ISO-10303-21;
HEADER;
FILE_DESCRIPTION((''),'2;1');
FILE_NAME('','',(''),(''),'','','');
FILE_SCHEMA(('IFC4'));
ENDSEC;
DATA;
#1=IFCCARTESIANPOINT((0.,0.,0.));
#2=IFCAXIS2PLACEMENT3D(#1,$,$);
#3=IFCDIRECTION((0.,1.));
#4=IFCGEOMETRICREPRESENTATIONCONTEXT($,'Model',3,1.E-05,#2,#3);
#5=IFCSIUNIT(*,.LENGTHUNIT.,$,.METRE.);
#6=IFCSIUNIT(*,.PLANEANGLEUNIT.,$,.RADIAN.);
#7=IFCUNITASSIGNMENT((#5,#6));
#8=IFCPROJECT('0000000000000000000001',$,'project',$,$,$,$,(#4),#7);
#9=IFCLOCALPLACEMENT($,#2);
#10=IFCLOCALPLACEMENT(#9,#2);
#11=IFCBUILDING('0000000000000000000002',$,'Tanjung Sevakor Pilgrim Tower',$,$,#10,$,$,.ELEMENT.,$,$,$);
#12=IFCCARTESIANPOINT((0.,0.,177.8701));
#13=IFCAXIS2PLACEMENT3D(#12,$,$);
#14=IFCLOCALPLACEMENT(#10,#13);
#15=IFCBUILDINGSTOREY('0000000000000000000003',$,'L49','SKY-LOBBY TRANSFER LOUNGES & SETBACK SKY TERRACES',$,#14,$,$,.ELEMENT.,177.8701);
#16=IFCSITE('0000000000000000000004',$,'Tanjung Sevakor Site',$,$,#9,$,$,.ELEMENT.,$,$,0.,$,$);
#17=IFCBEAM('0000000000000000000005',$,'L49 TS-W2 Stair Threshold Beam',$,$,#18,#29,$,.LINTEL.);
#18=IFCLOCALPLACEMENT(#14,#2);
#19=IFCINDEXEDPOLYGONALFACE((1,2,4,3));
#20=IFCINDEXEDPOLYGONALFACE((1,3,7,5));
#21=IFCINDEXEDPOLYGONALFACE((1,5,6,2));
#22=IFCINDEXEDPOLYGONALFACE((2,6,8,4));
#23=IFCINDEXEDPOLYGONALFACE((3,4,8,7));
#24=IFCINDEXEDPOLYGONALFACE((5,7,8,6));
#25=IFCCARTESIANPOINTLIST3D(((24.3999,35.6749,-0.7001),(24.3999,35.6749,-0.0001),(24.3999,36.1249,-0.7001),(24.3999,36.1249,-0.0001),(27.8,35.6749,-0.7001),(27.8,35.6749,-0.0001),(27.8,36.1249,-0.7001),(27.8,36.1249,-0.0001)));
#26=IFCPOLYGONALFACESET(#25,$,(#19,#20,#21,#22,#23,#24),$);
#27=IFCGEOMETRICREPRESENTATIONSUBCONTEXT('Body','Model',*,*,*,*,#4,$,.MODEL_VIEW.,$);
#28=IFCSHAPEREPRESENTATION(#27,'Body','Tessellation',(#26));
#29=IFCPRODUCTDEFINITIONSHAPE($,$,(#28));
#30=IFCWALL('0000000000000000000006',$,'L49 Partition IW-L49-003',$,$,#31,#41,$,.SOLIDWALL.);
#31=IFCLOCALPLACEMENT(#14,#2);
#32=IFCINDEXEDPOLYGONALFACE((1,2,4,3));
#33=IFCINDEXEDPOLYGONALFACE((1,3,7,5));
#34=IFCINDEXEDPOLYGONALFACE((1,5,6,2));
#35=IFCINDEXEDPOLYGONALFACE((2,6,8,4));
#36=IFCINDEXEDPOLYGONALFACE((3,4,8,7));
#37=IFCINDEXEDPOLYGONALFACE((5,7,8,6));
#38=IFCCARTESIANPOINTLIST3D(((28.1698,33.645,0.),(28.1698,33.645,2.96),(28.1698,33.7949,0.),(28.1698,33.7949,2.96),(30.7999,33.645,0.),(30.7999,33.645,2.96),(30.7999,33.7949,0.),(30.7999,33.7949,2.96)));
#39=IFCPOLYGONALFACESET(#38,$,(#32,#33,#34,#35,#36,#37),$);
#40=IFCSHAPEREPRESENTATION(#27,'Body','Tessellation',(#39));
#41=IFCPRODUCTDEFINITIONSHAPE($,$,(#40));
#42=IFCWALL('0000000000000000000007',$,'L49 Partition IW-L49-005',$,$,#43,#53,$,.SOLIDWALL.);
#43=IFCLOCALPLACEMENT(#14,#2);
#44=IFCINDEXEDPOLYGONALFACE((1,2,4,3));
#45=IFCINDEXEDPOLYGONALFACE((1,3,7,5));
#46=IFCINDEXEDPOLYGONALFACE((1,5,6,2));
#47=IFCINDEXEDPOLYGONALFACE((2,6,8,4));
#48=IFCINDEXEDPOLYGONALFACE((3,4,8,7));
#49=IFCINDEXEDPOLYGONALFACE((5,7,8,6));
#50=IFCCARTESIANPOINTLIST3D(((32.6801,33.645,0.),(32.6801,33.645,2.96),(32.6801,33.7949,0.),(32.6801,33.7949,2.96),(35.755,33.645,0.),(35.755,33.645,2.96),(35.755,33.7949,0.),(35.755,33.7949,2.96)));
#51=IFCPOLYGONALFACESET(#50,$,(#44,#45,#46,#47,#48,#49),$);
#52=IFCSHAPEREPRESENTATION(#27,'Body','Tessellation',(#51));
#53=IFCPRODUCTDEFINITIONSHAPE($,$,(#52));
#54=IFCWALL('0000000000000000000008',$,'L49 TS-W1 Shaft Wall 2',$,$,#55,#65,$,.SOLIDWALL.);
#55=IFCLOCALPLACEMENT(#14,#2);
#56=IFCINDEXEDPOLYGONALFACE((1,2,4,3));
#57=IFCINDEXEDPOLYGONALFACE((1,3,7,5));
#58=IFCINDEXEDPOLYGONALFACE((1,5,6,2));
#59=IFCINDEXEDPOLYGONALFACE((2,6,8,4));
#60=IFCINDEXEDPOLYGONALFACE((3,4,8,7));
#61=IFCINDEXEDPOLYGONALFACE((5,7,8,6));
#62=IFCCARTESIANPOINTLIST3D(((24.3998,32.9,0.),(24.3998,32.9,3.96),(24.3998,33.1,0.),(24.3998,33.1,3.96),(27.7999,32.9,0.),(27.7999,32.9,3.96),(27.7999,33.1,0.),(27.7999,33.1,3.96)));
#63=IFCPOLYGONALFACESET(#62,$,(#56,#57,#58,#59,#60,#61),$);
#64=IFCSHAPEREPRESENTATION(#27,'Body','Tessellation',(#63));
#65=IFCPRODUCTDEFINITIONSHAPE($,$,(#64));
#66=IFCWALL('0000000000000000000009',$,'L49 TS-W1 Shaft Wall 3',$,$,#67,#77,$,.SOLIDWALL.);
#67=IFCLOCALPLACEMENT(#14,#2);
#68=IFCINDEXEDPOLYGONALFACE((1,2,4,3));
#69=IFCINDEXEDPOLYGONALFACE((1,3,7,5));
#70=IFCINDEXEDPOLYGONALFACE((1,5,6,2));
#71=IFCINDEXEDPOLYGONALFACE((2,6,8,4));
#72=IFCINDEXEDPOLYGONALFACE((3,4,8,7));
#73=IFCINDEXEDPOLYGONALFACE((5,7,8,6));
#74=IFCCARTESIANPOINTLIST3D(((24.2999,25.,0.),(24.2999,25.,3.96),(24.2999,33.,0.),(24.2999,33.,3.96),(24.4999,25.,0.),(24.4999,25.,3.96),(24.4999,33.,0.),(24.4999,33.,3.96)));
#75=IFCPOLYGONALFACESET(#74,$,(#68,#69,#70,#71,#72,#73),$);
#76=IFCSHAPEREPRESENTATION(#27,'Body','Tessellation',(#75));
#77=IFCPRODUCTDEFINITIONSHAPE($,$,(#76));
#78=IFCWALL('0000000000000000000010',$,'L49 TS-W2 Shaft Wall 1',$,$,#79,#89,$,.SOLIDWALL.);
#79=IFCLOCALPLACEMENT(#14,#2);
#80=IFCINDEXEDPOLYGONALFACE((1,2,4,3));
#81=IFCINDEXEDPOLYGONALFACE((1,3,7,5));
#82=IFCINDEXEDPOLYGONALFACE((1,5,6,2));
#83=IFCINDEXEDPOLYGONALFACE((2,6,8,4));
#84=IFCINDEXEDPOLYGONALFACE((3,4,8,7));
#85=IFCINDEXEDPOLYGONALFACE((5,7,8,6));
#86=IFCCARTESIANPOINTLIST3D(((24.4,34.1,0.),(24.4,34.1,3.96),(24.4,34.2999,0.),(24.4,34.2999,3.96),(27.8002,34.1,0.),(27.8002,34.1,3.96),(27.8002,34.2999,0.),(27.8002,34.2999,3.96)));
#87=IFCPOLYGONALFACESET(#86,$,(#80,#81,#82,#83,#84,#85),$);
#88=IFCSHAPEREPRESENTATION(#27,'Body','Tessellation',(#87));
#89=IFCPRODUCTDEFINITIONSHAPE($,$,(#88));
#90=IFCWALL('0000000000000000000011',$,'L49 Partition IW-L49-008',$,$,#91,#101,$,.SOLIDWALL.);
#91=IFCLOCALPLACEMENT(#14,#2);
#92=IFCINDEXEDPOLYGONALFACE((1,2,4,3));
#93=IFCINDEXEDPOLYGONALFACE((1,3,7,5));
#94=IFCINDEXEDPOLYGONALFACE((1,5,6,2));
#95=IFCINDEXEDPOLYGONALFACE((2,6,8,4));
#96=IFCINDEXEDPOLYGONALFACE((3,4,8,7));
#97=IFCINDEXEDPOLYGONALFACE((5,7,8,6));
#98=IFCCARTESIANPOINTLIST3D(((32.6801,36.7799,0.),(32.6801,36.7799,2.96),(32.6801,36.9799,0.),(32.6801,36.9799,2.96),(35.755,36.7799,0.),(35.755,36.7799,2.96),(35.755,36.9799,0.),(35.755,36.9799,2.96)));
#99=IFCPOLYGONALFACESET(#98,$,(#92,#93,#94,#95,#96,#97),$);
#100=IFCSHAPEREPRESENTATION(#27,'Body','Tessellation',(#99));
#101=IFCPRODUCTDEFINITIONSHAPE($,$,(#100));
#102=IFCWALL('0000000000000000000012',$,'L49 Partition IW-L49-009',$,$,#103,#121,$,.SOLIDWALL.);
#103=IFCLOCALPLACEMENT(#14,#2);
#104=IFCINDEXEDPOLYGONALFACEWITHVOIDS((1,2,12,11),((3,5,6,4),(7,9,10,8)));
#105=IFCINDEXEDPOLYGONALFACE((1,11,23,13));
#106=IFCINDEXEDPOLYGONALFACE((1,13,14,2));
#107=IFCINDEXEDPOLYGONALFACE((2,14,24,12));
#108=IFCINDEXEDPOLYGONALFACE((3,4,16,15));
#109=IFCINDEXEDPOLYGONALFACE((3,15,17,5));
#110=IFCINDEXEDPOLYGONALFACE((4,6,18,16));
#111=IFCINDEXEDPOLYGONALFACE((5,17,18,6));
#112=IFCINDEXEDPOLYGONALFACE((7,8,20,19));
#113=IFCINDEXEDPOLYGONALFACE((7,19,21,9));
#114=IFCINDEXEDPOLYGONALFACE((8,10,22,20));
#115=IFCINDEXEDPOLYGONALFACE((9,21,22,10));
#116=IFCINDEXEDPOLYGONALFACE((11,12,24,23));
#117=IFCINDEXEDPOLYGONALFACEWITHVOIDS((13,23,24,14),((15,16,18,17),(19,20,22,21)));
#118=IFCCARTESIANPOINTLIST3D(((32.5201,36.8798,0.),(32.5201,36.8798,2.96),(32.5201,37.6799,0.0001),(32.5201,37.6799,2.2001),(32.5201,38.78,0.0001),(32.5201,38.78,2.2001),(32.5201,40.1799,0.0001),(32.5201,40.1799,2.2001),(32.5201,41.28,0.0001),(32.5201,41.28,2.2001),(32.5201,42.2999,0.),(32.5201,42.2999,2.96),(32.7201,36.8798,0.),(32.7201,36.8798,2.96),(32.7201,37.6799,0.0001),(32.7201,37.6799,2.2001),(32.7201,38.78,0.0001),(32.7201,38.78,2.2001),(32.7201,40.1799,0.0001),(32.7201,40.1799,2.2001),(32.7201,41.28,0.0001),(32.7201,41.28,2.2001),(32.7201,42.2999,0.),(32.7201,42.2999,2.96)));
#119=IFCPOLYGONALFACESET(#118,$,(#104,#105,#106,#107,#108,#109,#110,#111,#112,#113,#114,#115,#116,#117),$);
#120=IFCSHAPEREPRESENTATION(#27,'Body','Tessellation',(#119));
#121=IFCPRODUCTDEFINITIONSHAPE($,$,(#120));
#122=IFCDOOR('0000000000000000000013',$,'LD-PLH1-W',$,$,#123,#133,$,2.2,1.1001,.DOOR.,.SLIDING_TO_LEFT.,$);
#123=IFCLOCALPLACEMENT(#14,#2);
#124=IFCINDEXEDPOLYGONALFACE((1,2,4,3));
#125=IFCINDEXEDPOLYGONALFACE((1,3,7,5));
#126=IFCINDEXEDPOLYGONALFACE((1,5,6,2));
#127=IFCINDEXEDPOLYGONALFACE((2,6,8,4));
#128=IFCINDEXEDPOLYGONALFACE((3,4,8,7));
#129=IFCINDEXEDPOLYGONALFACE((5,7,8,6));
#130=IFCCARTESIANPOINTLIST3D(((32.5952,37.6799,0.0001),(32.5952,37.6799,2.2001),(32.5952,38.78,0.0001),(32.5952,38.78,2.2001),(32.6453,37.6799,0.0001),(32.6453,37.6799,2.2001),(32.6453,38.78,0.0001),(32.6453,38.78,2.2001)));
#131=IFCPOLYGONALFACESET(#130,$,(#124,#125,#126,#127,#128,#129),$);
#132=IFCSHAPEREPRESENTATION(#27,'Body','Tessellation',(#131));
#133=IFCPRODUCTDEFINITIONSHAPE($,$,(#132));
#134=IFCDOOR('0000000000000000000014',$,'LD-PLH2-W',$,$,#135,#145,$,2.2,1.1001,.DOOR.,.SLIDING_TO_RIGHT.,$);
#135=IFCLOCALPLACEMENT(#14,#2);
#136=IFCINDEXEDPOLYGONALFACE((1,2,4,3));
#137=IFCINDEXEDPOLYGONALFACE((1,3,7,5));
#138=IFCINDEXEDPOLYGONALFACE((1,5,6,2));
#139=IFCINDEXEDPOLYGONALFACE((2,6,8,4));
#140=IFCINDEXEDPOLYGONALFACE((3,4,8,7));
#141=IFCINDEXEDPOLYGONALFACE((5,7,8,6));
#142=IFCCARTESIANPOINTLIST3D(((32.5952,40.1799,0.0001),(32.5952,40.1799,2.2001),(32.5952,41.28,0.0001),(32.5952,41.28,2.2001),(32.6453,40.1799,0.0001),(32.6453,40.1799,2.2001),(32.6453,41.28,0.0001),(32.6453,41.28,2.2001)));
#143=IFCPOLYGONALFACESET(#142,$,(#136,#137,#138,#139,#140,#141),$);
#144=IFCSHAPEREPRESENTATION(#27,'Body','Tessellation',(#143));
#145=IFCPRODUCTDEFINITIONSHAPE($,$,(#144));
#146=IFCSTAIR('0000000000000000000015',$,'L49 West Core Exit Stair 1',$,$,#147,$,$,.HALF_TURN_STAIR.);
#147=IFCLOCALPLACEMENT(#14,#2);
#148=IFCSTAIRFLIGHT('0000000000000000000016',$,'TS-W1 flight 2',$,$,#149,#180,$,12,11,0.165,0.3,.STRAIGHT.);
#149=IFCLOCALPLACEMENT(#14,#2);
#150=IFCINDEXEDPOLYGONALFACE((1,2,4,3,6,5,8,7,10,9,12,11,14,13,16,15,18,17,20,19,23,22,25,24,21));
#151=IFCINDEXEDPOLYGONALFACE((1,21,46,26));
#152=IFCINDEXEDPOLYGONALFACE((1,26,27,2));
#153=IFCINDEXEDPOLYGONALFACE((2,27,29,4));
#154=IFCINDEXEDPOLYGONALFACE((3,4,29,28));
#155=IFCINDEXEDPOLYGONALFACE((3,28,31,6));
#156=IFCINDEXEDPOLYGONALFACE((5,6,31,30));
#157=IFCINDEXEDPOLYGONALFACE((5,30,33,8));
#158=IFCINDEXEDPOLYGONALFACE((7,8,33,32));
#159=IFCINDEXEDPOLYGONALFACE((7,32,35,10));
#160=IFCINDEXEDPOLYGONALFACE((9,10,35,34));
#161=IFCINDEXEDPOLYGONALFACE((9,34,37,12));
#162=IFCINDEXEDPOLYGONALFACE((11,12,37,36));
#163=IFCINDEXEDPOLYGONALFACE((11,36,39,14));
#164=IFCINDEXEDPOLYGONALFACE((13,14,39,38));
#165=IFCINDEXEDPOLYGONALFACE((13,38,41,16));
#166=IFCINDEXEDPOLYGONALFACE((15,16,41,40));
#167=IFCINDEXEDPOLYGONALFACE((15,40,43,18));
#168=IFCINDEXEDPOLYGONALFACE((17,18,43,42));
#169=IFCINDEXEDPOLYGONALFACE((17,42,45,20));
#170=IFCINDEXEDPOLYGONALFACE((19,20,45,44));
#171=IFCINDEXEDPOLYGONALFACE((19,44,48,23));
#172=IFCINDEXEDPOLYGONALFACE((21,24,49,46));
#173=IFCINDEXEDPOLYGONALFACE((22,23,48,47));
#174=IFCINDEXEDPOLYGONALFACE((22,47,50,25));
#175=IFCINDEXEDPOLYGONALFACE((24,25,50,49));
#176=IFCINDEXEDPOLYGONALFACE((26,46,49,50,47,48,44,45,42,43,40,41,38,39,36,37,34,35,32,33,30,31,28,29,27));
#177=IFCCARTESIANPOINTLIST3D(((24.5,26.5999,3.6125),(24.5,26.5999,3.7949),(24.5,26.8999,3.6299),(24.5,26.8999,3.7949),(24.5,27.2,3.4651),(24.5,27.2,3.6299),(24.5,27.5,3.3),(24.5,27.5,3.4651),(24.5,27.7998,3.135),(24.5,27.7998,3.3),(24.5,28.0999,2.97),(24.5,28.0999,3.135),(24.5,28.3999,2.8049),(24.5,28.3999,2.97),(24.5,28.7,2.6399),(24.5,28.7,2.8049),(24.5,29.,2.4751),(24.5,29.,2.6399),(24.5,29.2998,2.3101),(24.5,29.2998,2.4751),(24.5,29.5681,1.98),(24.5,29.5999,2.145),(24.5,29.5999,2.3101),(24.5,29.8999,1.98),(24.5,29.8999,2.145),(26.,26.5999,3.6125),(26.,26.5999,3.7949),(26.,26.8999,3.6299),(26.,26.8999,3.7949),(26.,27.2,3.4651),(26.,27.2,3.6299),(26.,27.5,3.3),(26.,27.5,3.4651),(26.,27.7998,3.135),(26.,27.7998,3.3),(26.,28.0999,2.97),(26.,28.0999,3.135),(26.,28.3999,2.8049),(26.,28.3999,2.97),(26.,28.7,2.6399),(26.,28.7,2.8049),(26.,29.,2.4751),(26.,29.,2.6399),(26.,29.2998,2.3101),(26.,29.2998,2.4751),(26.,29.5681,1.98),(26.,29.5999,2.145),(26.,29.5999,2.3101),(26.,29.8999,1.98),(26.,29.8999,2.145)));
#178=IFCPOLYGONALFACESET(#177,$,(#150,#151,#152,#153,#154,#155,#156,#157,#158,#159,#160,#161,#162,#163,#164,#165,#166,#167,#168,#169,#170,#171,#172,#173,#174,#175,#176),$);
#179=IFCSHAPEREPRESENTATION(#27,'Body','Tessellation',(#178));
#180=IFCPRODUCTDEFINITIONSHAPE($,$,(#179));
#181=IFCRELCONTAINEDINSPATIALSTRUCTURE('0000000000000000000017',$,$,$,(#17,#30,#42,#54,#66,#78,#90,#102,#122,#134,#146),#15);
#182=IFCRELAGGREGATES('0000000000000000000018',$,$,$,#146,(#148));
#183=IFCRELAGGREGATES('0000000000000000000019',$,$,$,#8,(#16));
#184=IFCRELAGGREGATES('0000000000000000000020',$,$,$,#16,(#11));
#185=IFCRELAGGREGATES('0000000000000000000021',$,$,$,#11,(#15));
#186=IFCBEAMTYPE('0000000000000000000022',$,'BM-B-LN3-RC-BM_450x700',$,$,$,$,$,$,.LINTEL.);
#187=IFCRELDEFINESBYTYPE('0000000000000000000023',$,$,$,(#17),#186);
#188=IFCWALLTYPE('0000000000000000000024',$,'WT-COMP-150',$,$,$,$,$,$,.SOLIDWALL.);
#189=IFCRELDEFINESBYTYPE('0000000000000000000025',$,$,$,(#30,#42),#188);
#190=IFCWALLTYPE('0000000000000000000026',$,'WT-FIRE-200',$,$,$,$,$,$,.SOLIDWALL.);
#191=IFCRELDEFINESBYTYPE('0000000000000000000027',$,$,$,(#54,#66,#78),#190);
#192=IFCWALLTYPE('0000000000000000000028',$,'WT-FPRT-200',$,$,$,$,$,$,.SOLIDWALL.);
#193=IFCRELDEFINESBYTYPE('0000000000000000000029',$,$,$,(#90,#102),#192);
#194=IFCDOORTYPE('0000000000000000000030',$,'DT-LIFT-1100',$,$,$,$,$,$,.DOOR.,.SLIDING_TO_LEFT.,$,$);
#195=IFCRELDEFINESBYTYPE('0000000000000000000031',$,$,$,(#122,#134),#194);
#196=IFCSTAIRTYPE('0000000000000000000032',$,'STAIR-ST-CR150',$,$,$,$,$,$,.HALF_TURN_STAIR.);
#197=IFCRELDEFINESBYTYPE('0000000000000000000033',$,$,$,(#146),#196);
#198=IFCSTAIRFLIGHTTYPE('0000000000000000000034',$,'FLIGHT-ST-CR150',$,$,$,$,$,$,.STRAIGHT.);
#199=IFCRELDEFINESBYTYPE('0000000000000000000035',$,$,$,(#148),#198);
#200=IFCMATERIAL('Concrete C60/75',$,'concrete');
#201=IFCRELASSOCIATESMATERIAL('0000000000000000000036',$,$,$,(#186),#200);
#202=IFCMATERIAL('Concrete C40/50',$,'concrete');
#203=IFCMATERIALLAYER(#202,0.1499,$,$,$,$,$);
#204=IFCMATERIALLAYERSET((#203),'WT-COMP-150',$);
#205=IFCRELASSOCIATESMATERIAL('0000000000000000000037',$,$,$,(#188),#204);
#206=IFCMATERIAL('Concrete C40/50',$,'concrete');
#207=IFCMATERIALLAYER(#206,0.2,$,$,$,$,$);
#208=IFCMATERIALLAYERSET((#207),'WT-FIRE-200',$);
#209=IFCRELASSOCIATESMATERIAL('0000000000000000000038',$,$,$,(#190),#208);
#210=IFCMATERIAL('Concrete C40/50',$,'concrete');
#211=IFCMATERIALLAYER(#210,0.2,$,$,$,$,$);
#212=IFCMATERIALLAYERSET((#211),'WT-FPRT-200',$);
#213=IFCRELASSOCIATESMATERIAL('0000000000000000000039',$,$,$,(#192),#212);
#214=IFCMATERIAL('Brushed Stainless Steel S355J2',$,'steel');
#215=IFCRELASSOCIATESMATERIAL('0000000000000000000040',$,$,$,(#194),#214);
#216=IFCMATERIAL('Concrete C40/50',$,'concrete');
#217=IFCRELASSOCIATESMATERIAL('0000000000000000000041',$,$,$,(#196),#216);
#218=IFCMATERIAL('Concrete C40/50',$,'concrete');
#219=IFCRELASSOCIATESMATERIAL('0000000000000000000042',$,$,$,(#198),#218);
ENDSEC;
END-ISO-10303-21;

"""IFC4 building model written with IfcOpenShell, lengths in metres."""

from ifc_helpers import new_model, si_unit, direction, frame, frame_2d, origin, origin_2d, place, context, subcontext, project, spatial, polyline, rectangle, outline, extrude, material, layer, layer_set, material_profile, profile_set, type_object, element, fill, aggregate, save


model = new_model("IFC4")

# Units and contexts
model_context = context("Model", 3, precision=1e-05, world=origin(), true_north=direction((0.0, 1.0)))
body_context = subcontext(model_context, "Body", "Model", "MODEL_VIEW")
ifc_project = project(units=[si_unit("LENGTHUNIT", "METRE"), si_unit("PLANEANGLEUNIT", "RADIAN")], contexts=[model_context])

# Site, building, storey
site_placement = place(None, origin())
site = spatial("IfcSite", under=ifc_project, at=site_placement, Name="Tanjung Sevakor Site", CompositionType="ELEMENT", RefElevation=0.0)
building_placement = place(site_placement, origin())
building = spatial("IfcBuilding", under=site, at=building_placement, Name="Tanjung Sevakor Pilgrim Tower", CompositionType="ELEMENT")
storey_placement = place(building_placement, frame((0.0, 0.0, 177.8701)))
storey = spatial("IfcBuildingStorey", under=building, at=storey_placement, Name="L49", Description="SKY-LOBBY TRANSFER LOUNGES & SETBACK SKY TERRACES", CompositionType="ELEMENT", Elevation=177.8701)

# Beam
ifc_material_1 = material(Name="Concrete C60/75", Category="concrete")
ifc_material_profile = material_profile(ifc_material_1, rectangle(XDim=0.45, YDim=0.7, at=origin_2d()))
ifc_profile_set = profile_set([ifc_material_profile], Name="Concrete C60/75")
beam_type = type_object("IfcBeamType", Name="BM-B-LN3-RC-BM_450x700", PredefinedType="LINTEL", material=ifc_profile_set)
beam_placement = place(storey_placement, frame((24.3999, 35.8999, -0.3501), z_axis=(1.0, 0.0, 0.0), x_axis=(0.0, 1.0, 0.0)))
element("IfcBeam", 1, at=beam_placement, inside=storey, type_object=beam_type, Name="L49 TS-W2 Stair Threshold Beam", PredefinedType="LINTEL", context=body_context, shape_type="SweptSolid", body=[
    extrude(rectangle(XDim=0.45, YDim=0.7, at=origin_2d()), origin(), (0.0, 0.0, 1.0), 3.4001),
])

# Walls
ifc_material_2 = material(Name="Concrete C40/50", Category="concrete")
ifc_layer_1 = layer(ifc_material_2, 0.1499)
ifc_layer_set_1 = layer_set([ifc_layer_1], Name="WT-COMP-150")
wall_type_1 = type_object("IfcWallType", Name="WT-COMP-150", PredefinedType="SOLIDWALL", material=ifc_layer_set_1)
wall_1_placement = place(storey_placement, frame((28.1699, 33.72, 0.0), z_axis=(0.0, 0.0, 1.0), x_axis=(1.0, 0.0, 0.0)))
element("IfcWall", 2, at=wall_1_placement, inside=storey, type_object=wall_type_1, Name="L49 Partition IW-L49-003", PredefinedType="SOLIDWALL", context=body_context, shape_type="SweptSolid", body=[
    extrude(rectangle(XDim=2.6301, YDim=0.1499, at=frame_2d((1.3149, 0.0))), origin(), (0.0, 0.0, 1.0), 2.96),
])
wall_2_placement = place(storey_placement, frame((32.6799, 33.72, 0.0), z_axis=(0.0, 0.0, 1.0), x_axis=(1.0, 0.0, 0.0)))
element("IfcWall", 3, at=wall_2_placement, inside=storey, type_object=wall_type_1, Name="L49 Partition IW-L49-005", PredefinedType="SOLIDWALL", context=body_context, shape_type="SweptSolid", body=[
    extrude(rectangle(XDim=3.075, YDim=0.1499, at=frame_2d((1.5376, 0.0))), origin(), (0.0, 0.0, 1.0), 2.96),
])

# Walls
ifc_material_3 = material(Name="Concrete C40/50", Category="concrete")
ifc_layer_2 = layer(ifc_material_3, 0.2)
ifc_layer_set_2 = layer_set([ifc_layer_2], Name="WT-FIRE-200")
wall_type_2 = type_object("IfcWallType", Name="WT-FIRE-200", PredefinedType="SOLIDWALL", material=ifc_layer_set_2)
wall_3_placement = place(storey_placement, frame((27.8, 33.0, 0.0), z_axis=(0.0, 0.0, 1.0), x_axis=(-1.0, 0.0, 0.0)))
element("IfcWall", 4, at=wall_3_placement, inside=storey, type_object=wall_type_2, Name="L49 TS-W1 Shaft Wall 2", PredefinedType="SOLIDWALL", context=body_context, shape_type="SweptSolid", body=[
    extrude(rectangle(XDim=3.4001, YDim=0.2, at=frame_2d((1.7002, 0.0))), origin(), (0.0, 0.0, 1.0), 3.96),
])
wall_4_placement = place(storey_placement, frame((24.3999, 33.0, 0.0), z_axis=(0.0, 0.0, 1.0), x_axis=(0.0, -1.0, 0.0)))
element("IfcWall", 5, at=wall_4_placement, inside=storey, type_object=wall_type_2, Name="L49 TS-W1 Shaft Wall 3", PredefinedType="SOLIDWALL", context=body_context, shape_type="SweptSolid", body=[
    extrude(rectangle(XDim=8.0, YDim=0.2, at=frame_2d((4.0, 0.0))), origin(), (0.0, 0.0, 1.0), 3.96),
])
wall_5_placement = place(storey_placement, frame((24.3999, 34.2, 0.0), z_axis=(0.0, 0.0, 1.0), x_axis=(1.0, 0.0, 0.0)))
element("IfcWall", 6, at=wall_5_placement, inside=storey, type_object=wall_type_2, Name="L49 TS-W2 Shaft Wall 1", PredefinedType="SOLIDWALL", context=body_context, shape_type="SweptSolid", body=[
    extrude(rectangle(XDim=3.4001, YDim=0.2, at=frame_2d((1.7002, 0.0))), origin(), (0.0, 0.0, 1.0), 3.96),
])
ifc_material_4 = material(Name="Concrete C40/50", Category="concrete")
ifc_layer_3 = layer(ifc_material_4, 0.2)
ifc_layer_set_3 = layer_set([ifc_layer_3], Name="WT-FPRT-200")
wall_type_3 = type_object("IfcWallType", Name="WT-FPRT-200", PredefinedType="SOLIDWALL", material=ifc_layer_set_3)
wall_6_placement = place(storey_placement, frame((32.6799, 36.8799, 0.0), z_axis=(0.0, 0.0, 1.0), x_axis=(1.0, 0.0, 0.0)))
element("IfcWall", 7, at=wall_6_placement, inside=storey, type_object=wall_type_3, Name="L49 Partition IW-L49-008", PredefinedType="SOLIDWALL", context=body_context, shape_type="SweptSolid", body=[
    extrude(rectangle(XDim=3.075, YDim=0.2, at=frame_2d((1.5376, 0.0))), origin(), (0.0, 0.0, 1.0), 2.96),
])

# Wall, openings, doors
wall_7_placement = place(storey_placement, frame((32.6201, 36.8799, 0.0), z_axis=(0.0, 0.0, 1.0), x_axis=(0.0, 1.0, 0.0)))
wall_7 = element("IfcWall", 8, at=wall_7_placement, inside=storey, type_object=wall_type_3, Name="L49 Partition IW-L49-009", PredefinedType="SOLIDWALL", context=body_context, shape_type="SweptSolid", body=[
    extrude(rectangle(XDim=5.4202, YDim=0.2, at=frame_2d((2.71, 0.0))), origin(), (0.0, 0.0, 1.0), 2.96),
])
opening_1_placement = place(wall_7_placement, frame((0.8, 0.0, 0.0)))
opening_1 = element("IfcOpeningElement", 9, at=opening_1_placement, cuts=wall_7, PredefinedType="OPENING", context=body_context, shape_type="SweptSolid", body=[
    extrude(rectangle(XDim=1.1001, YDim=2.2, at=frame_2d((0.55, 1.1001))), frame((0.0, 0.1099, 0.0), z_axis=(0.0, -1.0, 0.0), x_axis=(1.0, 0.0, 0.0)), (0.0, 0.0, 1.0), 0.22),
])
opening_2_placement = place(wall_7_placement, frame((3.3, 0.0, 0.0)))
opening_2 = element("IfcOpeningElement", 10, at=opening_2_placement, cuts=wall_7, PredefinedType="OPENING", context=body_context, shape_type="SweptSolid", body=[
    extrude(rectangle(XDim=1.1001, YDim=2.2, at=frame_2d((0.55, 1.1001))), frame((0.0, 0.1099, 0.0), z_axis=(0.0, -1.0, 0.0), x_axis=(1.0, 0.0, 0.0)), (0.0, 0.0, 1.0), 0.22),
])
ifc_material_5 = material(Name="Brushed Stainless Steel S355J2", Category="steel")
door_type_1 = type_object("IfcDoorType", Name="DT-LIFT-1100", OperationType="SLIDING_TO_LEFT", PredefinedType="DOOR", material=ifc_material_5)
door_1_placement = place(opening_1_placement, origin())
door_1 = element("IfcDoor", 11, at=door_1_placement, inside=storey, type_object=door_type_1, Name="LD-PLH1-W", OperationType="SLIDING_TO_LEFT", OverallHeight=2.2, OverallWidth=1.1001, PredefinedType="DOOR", context=body_context, shape_type="SweptSolid", body=[
    extrude(rectangle(XDim=1.1001, YDim=2.2, at=frame_2d((0.55, 1.1001))), frame((0.0, 0.0249, 0.0), z_axis=(0.0, -1.0, 0.0), x_axis=(1.0, 0.0, 0.0)), (0.0, 0.0, 1.0), 0.05),
])
fill(opening_1, door_1)
door_2_placement = place(opening_2_placement, origin())
door_2 = element("IfcDoor", 12, at=door_2_placement, inside=storey, type_object=door_type_1, Name="LD-PLH2-W", OperationType="SLIDING_TO_RIGHT", OverallHeight=2.2, OverallWidth=1.1001, PredefinedType="DOOR", context=body_context, shape_type="SweptSolid", body=[
    extrude(rectangle(XDim=1.1001, YDim=2.2, at=frame_2d((0.55, 1.1001))), frame((0.0, 0.0249, 0.0), z_axis=(0.0, -1.0, 0.0), x_axis=(1.0, 0.0, 0.0)), (0.0, 0.0, 1.0), 0.05),
])
fill(opening_2, door_2)

# Stair, stair flight
ifc_material_6 = material(Name="Concrete C40/50", Category="concrete")
stair_type = type_object("IfcStairType", Name="STAIR-ST-CR150", PredefinedType="HALF_TURN_STAIR", material=ifc_material_6)
stair_1_placement = place(storey_placement, origin())
stair_1 = element("IfcStair", 13, at=stair_1_placement, inside=storey, type_object=stair_type, Name="L49 West Core Exit Stair 1", PredefinedType="HALF_TURN_STAIR")
ifc_material_7 = material(Name="Concrete C40/50", Category="concrete")
stair_flight_type = type_object("IfcStairFlightType", Name="FLIGHT-ST-CR150", PredefinedType="STRAIGHT", material=ifc_material_7)
stair_flight_1_placement = place(storey_placement, frame((25.25, 29.8999, 1.98), z_axis=(0.0, 0.0, 1.0), x_axis=(0.0, -1.0, 0.0)))
stair_flight_1 = element("IfcStairFlight", 14, at=stair_flight_1_placement, type_object=stair_flight_type, Name="TS-W1 flight 2", NumberOfRisers=12, NumberOfTreads=11, PredefinedType="STRAIGHT", RiserHeight=0.165, TreadLength=0.3, context=body_context, shape_type="SweptSolid", body=[
    extrude(outline(polyline([(0.0, 0.0), (0.0, 0.165), (0.3, 0.165), (0.3, 0.3301), (0.6001, 0.3301), (0.6001, 0.4951), (0.8999, 0.4951), (0.8999, 0.6599), (1.2, 0.6599), (1.2, 0.825), (1.5, 0.825), (1.5, 0.99), (1.8, 0.99), (1.8, 1.155), (2.1001, 1.155), (2.1001, 1.3201), (2.3999, 1.3201), (2.3999, 1.4851), (2.7, 1.4851), (2.7, 1.6499), (3.0, 1.6499), (3.0, 1.8149), (3.3, 1.8149), (3.3, 1.98), (3.3, 1.6326), (0.3318, 0.0), (0.0, 0.0)])), frame((0.0, 0.75, 0.0), z_axis=(0.0, -1.0, 0.0), x_axis=(1.0, 0.0, 0.0)), (0.0, 0.0, 1.0), 1.5),
])
aggregate(stair_1, [stair_flight_1])

save(model, "model.ifc")
